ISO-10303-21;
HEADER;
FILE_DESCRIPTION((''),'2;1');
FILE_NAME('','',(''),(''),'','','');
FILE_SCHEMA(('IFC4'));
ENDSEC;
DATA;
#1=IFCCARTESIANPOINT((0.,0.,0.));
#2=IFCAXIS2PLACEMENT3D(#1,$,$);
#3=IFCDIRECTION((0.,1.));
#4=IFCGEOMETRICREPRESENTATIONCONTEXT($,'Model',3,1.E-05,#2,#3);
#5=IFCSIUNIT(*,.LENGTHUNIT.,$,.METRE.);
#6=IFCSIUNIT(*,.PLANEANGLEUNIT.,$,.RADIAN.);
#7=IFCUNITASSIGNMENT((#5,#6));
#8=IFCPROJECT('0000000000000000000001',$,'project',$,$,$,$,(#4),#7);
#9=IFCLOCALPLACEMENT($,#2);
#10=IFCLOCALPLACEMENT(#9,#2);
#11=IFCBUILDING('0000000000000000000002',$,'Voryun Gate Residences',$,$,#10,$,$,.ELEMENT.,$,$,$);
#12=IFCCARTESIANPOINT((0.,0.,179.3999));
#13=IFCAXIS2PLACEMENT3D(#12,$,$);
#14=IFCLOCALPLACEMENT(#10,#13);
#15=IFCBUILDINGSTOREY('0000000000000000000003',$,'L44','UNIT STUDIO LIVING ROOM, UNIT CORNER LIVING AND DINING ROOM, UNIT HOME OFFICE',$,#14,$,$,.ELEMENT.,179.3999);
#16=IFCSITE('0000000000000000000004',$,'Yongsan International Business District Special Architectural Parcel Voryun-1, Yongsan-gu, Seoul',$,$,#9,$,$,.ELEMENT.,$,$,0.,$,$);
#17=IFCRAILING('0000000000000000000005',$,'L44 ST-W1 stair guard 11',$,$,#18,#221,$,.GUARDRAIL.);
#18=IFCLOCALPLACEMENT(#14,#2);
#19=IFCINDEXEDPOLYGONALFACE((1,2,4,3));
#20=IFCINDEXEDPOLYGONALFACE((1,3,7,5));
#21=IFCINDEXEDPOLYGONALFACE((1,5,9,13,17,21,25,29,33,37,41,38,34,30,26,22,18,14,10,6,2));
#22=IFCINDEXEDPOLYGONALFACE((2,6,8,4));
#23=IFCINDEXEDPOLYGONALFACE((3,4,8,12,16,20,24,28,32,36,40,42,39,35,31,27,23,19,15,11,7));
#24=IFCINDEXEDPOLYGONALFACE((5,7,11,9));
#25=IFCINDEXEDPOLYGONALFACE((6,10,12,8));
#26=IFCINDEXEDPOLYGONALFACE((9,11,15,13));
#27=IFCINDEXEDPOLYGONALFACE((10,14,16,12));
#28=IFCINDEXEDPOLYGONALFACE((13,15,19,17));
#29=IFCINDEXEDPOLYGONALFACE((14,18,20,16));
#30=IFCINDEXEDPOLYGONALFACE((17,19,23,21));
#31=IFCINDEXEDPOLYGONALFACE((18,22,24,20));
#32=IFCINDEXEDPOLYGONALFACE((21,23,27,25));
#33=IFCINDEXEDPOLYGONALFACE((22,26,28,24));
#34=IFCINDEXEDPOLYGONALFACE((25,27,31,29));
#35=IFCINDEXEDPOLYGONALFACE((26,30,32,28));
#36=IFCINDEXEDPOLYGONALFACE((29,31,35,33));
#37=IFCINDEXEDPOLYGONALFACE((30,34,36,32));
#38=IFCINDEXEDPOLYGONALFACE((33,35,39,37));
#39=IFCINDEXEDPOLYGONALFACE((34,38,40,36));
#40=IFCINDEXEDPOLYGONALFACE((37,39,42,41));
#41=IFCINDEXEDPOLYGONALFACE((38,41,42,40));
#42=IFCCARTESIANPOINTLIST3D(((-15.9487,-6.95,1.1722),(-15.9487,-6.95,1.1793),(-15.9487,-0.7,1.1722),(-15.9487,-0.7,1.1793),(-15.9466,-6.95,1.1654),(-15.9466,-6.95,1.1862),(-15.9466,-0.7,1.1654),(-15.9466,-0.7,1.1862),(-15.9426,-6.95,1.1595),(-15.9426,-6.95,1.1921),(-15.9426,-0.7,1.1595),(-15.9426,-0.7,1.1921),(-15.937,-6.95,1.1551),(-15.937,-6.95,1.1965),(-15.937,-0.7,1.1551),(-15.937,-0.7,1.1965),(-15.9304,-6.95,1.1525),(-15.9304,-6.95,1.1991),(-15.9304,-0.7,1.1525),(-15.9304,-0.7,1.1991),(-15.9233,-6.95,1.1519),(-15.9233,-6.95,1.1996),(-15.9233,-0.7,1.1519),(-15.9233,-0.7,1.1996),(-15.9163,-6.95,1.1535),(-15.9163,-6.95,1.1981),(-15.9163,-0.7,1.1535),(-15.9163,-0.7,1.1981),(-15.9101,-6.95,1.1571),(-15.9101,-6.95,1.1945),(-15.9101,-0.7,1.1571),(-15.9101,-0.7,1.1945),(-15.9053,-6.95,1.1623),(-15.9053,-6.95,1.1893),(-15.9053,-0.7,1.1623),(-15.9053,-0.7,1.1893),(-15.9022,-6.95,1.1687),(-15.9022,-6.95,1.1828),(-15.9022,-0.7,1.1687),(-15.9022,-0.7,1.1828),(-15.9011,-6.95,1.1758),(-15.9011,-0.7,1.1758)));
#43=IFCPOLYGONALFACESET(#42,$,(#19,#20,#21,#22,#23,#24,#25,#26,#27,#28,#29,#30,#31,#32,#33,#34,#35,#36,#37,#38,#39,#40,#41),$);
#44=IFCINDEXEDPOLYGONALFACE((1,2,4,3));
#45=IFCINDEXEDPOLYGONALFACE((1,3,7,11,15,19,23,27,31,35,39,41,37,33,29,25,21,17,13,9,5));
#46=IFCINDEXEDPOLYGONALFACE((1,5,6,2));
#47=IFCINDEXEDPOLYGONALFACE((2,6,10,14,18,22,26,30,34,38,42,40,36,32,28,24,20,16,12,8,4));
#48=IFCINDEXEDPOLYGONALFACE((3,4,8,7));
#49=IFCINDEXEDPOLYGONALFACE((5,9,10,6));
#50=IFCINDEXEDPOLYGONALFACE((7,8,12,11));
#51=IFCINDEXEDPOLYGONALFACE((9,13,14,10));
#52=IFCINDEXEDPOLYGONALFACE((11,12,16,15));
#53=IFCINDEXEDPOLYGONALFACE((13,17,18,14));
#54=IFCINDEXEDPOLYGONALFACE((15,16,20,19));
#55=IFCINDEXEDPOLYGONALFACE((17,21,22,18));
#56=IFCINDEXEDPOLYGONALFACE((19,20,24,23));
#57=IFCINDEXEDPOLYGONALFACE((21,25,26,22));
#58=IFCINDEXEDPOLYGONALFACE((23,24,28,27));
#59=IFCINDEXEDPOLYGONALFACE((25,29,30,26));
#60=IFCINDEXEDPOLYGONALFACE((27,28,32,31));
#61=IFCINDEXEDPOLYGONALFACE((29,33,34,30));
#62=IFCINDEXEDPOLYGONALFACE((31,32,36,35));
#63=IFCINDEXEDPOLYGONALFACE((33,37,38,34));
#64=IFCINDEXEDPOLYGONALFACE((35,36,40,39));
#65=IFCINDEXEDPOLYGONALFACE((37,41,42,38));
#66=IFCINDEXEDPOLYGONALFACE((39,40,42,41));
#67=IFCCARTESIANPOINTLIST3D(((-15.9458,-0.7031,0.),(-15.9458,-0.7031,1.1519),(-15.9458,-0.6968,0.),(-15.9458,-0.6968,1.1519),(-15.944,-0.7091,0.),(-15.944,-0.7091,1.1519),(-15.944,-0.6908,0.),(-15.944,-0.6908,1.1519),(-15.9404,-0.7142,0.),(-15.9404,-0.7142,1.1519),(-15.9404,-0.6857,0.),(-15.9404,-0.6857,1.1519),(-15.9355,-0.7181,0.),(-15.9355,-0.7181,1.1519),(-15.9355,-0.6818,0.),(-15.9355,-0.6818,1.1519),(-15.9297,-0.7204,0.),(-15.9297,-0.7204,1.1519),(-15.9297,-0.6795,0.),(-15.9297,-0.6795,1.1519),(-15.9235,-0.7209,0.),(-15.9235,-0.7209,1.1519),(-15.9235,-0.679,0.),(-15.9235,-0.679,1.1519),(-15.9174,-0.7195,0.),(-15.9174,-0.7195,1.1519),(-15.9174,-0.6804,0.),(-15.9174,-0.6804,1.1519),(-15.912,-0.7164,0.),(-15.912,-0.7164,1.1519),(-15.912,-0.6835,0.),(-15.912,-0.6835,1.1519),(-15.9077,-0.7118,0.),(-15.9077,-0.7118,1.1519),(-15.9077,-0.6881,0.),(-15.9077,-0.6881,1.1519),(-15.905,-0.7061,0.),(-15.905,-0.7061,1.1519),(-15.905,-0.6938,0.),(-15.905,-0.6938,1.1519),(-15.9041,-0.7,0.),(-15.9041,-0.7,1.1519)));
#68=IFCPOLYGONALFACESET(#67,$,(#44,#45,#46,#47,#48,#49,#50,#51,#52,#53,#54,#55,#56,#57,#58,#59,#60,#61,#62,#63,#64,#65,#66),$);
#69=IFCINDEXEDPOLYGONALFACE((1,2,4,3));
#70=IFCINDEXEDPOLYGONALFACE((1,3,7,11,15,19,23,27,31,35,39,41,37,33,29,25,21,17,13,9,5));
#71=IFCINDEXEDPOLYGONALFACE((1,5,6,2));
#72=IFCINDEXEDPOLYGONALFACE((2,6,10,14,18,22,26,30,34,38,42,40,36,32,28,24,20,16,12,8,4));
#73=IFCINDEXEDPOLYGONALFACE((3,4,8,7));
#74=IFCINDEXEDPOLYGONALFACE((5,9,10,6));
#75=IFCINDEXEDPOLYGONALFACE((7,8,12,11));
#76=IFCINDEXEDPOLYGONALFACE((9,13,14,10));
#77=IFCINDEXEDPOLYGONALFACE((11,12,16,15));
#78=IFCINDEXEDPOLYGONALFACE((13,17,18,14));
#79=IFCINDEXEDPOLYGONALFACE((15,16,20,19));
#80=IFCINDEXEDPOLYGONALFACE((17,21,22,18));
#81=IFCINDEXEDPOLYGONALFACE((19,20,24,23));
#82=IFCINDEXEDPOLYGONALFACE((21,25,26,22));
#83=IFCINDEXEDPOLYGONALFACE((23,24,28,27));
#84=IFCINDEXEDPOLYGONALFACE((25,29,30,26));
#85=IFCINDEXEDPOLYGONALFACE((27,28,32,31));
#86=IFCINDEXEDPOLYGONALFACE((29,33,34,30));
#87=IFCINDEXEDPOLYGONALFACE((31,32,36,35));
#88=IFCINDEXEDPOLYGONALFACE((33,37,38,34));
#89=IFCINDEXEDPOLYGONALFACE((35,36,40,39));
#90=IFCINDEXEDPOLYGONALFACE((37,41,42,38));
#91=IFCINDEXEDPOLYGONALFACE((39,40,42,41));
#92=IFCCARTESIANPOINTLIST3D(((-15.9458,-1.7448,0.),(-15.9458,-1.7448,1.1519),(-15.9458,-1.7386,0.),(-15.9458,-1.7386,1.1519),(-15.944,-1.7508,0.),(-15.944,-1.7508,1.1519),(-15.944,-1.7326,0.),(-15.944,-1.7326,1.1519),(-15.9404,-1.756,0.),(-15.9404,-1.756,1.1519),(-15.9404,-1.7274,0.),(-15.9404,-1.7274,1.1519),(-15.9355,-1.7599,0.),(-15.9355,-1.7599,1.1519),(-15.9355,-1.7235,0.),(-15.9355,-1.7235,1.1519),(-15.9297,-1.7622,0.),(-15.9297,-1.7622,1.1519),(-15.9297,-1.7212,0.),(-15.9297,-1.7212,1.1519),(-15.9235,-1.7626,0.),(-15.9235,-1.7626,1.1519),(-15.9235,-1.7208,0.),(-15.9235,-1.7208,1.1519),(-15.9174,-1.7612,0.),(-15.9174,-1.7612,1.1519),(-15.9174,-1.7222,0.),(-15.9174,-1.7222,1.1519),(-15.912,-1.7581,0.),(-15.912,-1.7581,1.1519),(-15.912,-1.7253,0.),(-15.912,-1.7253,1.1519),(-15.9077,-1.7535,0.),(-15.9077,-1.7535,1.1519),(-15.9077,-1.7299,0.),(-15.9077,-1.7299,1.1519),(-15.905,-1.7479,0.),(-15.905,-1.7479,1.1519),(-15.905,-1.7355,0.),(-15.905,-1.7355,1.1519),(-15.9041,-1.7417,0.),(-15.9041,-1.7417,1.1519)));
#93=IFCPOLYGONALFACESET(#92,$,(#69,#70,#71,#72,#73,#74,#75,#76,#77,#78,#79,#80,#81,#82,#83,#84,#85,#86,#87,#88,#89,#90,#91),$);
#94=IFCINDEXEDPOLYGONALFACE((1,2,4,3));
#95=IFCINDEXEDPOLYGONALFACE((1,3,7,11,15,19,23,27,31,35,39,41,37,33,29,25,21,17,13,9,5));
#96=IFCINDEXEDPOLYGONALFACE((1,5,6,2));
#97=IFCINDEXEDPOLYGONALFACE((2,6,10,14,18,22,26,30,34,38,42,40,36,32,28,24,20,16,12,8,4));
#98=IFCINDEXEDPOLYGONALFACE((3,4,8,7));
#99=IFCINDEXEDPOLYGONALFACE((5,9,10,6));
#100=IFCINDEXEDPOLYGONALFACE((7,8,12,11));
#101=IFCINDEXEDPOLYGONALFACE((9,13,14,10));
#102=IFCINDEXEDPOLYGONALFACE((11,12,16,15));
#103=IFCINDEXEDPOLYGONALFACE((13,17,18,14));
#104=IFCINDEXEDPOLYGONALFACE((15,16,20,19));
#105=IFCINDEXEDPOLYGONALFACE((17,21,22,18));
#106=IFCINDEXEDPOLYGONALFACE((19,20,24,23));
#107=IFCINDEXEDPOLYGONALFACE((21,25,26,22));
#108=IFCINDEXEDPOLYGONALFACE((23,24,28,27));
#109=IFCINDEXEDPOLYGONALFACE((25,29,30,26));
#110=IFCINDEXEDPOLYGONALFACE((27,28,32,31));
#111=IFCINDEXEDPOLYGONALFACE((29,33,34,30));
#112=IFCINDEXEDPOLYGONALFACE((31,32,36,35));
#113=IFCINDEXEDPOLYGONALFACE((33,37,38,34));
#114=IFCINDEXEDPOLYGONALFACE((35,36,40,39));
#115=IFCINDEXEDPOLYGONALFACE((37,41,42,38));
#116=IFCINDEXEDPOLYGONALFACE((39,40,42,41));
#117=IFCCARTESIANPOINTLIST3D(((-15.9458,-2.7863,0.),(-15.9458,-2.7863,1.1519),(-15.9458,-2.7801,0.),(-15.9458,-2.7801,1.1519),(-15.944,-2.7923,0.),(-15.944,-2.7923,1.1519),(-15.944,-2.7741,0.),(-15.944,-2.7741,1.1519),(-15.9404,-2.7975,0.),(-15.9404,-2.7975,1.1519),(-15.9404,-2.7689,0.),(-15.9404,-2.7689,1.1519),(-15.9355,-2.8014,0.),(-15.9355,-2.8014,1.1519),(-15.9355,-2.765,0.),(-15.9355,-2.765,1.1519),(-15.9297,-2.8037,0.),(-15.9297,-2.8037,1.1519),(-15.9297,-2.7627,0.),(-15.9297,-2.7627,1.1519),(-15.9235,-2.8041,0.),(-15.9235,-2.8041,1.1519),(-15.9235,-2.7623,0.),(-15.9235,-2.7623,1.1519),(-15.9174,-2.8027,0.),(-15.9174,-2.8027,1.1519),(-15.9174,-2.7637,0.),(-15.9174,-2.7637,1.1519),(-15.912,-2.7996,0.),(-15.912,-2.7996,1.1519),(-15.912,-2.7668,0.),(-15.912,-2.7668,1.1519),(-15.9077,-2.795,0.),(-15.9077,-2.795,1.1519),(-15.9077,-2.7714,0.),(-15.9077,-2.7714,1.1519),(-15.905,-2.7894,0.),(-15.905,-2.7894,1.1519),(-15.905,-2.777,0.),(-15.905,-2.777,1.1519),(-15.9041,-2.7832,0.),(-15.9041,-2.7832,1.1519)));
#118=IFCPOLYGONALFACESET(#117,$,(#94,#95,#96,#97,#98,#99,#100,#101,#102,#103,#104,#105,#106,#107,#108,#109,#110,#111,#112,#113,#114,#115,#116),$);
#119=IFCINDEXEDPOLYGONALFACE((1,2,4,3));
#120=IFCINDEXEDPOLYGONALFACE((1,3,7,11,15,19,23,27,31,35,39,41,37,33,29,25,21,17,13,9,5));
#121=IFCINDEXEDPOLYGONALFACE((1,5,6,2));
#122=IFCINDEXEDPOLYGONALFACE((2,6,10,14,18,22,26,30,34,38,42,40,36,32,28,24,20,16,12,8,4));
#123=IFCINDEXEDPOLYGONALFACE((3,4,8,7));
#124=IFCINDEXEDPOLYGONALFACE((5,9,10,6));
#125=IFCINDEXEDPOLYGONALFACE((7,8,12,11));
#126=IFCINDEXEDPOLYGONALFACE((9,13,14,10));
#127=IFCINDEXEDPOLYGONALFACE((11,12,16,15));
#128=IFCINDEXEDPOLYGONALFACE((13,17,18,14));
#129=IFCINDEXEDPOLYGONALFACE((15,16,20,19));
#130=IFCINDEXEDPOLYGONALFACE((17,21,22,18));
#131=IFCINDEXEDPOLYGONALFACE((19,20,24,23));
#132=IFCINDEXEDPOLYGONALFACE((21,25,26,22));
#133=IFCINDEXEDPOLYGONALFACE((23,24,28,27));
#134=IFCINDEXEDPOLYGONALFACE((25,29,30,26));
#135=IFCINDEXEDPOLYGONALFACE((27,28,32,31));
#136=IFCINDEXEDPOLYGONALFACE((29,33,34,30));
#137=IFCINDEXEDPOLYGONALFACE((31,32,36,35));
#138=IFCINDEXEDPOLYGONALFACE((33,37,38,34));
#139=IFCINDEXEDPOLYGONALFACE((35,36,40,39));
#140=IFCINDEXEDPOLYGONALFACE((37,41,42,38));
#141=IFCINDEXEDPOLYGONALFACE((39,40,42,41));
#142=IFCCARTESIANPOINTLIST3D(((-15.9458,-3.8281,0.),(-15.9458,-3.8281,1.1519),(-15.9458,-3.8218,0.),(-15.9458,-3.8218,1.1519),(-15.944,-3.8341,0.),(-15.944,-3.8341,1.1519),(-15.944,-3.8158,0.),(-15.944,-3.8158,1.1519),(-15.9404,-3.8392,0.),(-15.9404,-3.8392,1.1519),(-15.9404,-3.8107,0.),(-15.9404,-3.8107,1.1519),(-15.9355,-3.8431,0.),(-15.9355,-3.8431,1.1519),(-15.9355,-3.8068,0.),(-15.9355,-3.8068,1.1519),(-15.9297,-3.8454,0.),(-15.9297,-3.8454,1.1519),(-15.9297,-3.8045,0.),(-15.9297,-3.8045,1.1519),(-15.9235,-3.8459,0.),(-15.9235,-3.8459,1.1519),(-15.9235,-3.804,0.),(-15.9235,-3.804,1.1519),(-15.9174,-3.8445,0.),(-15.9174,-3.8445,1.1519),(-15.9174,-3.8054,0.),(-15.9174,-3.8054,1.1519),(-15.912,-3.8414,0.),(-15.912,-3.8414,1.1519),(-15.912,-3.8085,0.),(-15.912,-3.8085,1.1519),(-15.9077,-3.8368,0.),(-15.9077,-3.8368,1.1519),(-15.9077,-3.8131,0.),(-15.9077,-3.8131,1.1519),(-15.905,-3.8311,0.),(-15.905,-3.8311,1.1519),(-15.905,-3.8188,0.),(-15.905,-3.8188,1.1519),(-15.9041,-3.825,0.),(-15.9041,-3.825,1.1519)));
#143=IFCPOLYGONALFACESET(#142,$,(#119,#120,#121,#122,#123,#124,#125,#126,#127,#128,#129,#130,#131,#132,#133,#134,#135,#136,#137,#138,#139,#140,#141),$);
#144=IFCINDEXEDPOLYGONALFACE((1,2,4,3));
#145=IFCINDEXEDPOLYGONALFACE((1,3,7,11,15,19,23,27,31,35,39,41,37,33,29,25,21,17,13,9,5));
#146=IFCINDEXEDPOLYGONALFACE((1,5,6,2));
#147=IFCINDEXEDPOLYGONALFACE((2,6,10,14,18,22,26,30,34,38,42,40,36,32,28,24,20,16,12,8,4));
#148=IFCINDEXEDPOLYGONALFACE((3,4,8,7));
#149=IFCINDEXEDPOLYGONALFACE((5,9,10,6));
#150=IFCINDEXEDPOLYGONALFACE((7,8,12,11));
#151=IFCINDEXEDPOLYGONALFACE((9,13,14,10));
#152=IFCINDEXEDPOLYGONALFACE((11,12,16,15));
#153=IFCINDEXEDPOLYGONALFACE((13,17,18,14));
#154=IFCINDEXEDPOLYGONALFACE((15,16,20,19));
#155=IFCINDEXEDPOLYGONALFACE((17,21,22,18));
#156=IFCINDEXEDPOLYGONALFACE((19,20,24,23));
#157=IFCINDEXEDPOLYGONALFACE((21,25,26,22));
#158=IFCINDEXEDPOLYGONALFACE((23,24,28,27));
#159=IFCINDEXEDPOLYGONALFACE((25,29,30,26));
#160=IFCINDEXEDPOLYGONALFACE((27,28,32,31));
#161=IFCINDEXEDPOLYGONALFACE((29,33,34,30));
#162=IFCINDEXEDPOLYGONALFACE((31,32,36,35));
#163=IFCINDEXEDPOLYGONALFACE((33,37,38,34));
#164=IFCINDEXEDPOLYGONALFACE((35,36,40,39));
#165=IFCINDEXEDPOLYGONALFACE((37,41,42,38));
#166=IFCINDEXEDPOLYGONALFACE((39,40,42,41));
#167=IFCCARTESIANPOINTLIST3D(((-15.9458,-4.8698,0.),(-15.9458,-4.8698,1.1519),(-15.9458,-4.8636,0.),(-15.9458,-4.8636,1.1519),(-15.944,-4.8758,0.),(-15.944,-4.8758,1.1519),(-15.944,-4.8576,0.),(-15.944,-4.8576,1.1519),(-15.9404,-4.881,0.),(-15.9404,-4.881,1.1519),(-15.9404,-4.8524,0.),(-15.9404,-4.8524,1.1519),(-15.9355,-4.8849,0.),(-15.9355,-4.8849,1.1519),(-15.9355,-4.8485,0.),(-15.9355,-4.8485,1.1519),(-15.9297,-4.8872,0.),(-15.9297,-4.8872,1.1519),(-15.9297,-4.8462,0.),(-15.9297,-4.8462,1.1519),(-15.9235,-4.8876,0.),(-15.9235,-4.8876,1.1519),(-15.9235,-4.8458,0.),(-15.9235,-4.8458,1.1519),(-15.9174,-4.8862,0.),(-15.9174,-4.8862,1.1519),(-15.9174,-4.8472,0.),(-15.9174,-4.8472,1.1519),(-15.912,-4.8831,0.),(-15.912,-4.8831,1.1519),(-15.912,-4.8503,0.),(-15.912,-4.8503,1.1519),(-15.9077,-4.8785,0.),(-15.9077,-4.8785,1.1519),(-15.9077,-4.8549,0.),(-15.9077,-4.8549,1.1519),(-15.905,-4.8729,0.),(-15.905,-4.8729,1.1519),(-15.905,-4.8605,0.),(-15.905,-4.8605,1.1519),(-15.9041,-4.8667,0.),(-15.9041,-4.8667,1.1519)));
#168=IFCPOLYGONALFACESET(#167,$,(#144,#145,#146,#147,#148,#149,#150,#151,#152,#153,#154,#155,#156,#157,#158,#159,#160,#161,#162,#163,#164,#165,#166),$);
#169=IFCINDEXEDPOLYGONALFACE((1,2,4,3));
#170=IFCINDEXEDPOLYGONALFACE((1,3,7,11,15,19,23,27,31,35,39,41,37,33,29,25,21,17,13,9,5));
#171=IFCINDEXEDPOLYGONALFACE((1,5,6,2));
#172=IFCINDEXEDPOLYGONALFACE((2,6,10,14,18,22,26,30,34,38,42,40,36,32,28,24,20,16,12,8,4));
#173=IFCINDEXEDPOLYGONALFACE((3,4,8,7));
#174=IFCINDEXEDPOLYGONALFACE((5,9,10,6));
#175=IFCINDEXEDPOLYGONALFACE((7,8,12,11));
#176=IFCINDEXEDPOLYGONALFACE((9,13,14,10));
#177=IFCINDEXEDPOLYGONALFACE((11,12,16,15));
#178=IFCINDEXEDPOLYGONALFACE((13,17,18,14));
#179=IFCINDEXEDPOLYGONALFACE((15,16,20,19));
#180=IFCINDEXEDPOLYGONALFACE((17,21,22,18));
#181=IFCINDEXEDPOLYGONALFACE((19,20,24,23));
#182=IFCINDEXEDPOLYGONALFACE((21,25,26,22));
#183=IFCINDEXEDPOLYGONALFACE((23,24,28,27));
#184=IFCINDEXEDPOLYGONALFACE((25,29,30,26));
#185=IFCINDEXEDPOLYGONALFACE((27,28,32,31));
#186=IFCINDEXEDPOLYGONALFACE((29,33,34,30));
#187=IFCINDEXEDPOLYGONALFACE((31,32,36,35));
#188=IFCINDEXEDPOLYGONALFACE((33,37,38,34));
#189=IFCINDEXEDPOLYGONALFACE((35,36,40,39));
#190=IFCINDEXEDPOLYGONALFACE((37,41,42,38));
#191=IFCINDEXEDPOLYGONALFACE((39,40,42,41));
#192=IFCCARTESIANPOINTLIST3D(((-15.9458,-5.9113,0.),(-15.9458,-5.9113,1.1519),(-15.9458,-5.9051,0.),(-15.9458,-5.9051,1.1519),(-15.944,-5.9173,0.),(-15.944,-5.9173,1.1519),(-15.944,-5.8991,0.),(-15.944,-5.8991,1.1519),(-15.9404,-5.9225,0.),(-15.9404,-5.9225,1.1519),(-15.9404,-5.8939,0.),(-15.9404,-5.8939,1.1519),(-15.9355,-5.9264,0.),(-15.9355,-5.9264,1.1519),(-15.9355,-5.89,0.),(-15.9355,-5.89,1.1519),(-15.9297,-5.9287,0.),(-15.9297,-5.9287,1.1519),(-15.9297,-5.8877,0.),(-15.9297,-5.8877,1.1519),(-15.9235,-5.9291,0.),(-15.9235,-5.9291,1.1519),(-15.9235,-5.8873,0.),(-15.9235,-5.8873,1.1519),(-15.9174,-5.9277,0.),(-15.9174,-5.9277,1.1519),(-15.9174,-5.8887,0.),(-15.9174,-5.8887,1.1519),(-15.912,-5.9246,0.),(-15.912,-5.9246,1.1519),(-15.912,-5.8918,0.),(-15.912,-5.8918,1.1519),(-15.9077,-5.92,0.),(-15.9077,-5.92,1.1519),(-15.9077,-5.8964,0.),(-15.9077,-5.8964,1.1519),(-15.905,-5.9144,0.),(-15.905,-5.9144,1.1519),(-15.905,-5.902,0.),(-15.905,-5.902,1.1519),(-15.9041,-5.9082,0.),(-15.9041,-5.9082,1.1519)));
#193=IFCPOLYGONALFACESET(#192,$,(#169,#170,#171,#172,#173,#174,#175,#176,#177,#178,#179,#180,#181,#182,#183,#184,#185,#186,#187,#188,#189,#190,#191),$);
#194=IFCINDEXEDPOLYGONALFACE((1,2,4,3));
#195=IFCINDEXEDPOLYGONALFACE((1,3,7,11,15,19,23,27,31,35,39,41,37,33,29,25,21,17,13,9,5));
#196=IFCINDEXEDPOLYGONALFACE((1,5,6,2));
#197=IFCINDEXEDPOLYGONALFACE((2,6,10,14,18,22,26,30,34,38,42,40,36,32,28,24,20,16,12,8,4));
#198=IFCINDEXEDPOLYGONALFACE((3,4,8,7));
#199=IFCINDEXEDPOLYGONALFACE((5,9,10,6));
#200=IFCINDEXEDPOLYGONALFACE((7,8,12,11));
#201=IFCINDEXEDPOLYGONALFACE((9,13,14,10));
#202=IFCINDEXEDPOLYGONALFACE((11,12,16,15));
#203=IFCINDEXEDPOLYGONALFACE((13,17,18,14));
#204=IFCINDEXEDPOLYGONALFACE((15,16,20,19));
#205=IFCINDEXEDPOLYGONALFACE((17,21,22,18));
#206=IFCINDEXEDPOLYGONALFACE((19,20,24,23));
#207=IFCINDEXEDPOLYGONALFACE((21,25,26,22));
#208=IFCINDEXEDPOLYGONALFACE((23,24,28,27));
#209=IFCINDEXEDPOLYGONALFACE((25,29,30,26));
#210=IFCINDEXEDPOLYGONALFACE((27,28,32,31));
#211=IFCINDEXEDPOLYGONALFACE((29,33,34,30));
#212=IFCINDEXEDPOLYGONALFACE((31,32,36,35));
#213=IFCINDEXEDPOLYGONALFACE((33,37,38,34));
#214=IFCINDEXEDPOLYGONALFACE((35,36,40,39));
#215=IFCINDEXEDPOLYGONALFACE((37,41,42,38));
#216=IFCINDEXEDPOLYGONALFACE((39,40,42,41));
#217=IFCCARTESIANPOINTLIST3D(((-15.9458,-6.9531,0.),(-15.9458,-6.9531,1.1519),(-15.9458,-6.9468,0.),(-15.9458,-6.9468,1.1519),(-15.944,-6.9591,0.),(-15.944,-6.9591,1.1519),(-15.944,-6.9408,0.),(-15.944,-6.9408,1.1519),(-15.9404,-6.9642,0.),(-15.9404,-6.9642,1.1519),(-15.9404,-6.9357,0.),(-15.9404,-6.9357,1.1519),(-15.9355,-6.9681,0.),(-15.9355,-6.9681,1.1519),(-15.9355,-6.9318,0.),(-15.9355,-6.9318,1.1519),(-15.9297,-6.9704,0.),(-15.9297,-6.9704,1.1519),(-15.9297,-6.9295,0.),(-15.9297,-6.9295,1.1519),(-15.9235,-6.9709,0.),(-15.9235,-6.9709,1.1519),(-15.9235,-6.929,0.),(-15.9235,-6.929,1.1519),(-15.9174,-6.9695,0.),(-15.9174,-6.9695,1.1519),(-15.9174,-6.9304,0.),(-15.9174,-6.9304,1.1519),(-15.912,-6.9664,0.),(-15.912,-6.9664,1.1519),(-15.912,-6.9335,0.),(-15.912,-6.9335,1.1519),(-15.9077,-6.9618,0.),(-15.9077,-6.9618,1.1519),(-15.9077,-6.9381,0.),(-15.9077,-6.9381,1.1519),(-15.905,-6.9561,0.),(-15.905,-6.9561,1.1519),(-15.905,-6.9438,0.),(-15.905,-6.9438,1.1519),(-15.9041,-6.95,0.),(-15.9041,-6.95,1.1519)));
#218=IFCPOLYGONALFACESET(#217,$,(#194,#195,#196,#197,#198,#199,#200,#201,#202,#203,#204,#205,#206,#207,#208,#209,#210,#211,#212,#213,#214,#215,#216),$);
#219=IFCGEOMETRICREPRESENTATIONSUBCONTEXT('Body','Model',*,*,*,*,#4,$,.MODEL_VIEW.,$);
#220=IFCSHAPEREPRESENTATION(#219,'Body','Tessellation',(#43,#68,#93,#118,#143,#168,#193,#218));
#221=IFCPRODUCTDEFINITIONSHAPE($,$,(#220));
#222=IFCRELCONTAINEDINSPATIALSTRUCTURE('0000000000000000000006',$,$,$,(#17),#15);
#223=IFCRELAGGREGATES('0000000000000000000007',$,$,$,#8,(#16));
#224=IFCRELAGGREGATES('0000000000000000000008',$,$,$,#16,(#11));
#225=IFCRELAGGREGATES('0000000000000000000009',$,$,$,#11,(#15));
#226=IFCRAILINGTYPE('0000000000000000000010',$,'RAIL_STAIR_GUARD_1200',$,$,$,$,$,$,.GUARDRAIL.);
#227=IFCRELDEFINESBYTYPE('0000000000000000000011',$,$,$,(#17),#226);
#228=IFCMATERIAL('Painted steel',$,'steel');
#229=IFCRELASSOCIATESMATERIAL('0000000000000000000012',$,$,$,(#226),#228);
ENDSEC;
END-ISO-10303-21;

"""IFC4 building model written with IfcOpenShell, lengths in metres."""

from ifc_helpers import new_model, si_unit, direction, frame, origin, origin_2d, place, context, subcontext, project, spatial, circle, extrude, material, type_object, element, save


model = new_model("IFC4")

# Units and contexts
model_context = context("Model", 3, precision=1e-05, world=origin(), true_north=direction((0.0, 1.0)))
body_context = subcontext(model_context, "Body", "Model", "MODEL_VIEW")
ifc_project = project(units=[si_unit("LENGTHUNIT", "METRE"), si_unit("PLANEANGLEUNIT", "RADIAN")], contexts=[model_context])

# Site, building, storey
site_placement = place(None, origin())
site = spatial("IfcSite", under=ifc_project, at=site_placement, Name="Yongsan International Business District Special Architectural Parcel Voryun-1, Yongsan-gu, Seoul", CompositionType="ELEMENT", RefElevation=0.0)
building_placement = place(site_placement, origin())
building = spatial("IfcBuilding", under=site, at=building_placement, Name="Voryun Gate Residences", CompositionType="ELEMENT")
storey_placement = place(building_placement, frame((0.0, 0.0, 179.3999)))
storey = spatial("IfcBuildingStorey", under=building, at=storey_placement, Name="L44", Description="UNIT STUDIO LIVING ROOM, UNIT CORNER LIVING AND DINING ROOM, UNIT HOME OFFICE", CompositionType="ELEMENT", Elevation=179.3999)

# Railing
ifc_material_1 = material(Name="Painted steel", Category="steel")
railing_type = type_object("IfcRailingType", Name="RAIL_STAIR_GUARD_1200", PredefinedType="GUARDRAIL", material=ifc_material_1)
railing_1_placement = place(storey_placement, frame((-15.925, -0.7, 0.0)))
element("IfcRailing", 1, at=railing_1_placement, inside=storey, type_object=railing_type, Name="L44 ST-W1 stair guard 11", PredefinedType="GUARDRAIL", context=body_context, shape_type="SweptSolid", body=[
    extrude(circle(Radius=0.0239, at=origin_2d()), frame((0.0, 0.0, 1.1758), z_axis=(0.0, -1.0, 0.0), x_axis=(1.0, 0.0, 0.0)), (0.0, 0.0, 1.0), 6.25),
    extrude(circle(Radius=0.021, at=origin_2d()), origin(), (0.0, 0.0, 1.0), 1.1519),
    extrude(circle(Radius=0.021, at=origin_2d()), frame((0.0, -1.0417, 0.0)), (0.0, 0.0, 1.0), 1.1519),
    extrude(circle(Radius=0.021, at=origin_2d()), frame((0.0, -2.0833, 0.0)), (0.0, 0.0, 1.0), 1.1519),
    extrude(circle(Radius=0.021, at=origin_2d()), frame((0.0, -3.125, 0.0)), (0.0, 0.0, 1.0), 1.1519),
    extrude(circle(Radius=0.021, at=origin_2d()), frame((0.0, -4.1667, 0.0)), (0.0, 0.0, 1.0), 1.1519),
    extrude(circle(Radius=0.021, at=origin_2d()), frame((0.0, -5.2083, 0.0)), (0.0, 0.0, 1.0), 1.1519),
    extrude(circle(Radius=0.021, at=origin_2d()), frame((0.0, -6.25, 0.0)), (0.0, 0.0, 1.0), 1.1519),
])

save(model, "model.ifc")
